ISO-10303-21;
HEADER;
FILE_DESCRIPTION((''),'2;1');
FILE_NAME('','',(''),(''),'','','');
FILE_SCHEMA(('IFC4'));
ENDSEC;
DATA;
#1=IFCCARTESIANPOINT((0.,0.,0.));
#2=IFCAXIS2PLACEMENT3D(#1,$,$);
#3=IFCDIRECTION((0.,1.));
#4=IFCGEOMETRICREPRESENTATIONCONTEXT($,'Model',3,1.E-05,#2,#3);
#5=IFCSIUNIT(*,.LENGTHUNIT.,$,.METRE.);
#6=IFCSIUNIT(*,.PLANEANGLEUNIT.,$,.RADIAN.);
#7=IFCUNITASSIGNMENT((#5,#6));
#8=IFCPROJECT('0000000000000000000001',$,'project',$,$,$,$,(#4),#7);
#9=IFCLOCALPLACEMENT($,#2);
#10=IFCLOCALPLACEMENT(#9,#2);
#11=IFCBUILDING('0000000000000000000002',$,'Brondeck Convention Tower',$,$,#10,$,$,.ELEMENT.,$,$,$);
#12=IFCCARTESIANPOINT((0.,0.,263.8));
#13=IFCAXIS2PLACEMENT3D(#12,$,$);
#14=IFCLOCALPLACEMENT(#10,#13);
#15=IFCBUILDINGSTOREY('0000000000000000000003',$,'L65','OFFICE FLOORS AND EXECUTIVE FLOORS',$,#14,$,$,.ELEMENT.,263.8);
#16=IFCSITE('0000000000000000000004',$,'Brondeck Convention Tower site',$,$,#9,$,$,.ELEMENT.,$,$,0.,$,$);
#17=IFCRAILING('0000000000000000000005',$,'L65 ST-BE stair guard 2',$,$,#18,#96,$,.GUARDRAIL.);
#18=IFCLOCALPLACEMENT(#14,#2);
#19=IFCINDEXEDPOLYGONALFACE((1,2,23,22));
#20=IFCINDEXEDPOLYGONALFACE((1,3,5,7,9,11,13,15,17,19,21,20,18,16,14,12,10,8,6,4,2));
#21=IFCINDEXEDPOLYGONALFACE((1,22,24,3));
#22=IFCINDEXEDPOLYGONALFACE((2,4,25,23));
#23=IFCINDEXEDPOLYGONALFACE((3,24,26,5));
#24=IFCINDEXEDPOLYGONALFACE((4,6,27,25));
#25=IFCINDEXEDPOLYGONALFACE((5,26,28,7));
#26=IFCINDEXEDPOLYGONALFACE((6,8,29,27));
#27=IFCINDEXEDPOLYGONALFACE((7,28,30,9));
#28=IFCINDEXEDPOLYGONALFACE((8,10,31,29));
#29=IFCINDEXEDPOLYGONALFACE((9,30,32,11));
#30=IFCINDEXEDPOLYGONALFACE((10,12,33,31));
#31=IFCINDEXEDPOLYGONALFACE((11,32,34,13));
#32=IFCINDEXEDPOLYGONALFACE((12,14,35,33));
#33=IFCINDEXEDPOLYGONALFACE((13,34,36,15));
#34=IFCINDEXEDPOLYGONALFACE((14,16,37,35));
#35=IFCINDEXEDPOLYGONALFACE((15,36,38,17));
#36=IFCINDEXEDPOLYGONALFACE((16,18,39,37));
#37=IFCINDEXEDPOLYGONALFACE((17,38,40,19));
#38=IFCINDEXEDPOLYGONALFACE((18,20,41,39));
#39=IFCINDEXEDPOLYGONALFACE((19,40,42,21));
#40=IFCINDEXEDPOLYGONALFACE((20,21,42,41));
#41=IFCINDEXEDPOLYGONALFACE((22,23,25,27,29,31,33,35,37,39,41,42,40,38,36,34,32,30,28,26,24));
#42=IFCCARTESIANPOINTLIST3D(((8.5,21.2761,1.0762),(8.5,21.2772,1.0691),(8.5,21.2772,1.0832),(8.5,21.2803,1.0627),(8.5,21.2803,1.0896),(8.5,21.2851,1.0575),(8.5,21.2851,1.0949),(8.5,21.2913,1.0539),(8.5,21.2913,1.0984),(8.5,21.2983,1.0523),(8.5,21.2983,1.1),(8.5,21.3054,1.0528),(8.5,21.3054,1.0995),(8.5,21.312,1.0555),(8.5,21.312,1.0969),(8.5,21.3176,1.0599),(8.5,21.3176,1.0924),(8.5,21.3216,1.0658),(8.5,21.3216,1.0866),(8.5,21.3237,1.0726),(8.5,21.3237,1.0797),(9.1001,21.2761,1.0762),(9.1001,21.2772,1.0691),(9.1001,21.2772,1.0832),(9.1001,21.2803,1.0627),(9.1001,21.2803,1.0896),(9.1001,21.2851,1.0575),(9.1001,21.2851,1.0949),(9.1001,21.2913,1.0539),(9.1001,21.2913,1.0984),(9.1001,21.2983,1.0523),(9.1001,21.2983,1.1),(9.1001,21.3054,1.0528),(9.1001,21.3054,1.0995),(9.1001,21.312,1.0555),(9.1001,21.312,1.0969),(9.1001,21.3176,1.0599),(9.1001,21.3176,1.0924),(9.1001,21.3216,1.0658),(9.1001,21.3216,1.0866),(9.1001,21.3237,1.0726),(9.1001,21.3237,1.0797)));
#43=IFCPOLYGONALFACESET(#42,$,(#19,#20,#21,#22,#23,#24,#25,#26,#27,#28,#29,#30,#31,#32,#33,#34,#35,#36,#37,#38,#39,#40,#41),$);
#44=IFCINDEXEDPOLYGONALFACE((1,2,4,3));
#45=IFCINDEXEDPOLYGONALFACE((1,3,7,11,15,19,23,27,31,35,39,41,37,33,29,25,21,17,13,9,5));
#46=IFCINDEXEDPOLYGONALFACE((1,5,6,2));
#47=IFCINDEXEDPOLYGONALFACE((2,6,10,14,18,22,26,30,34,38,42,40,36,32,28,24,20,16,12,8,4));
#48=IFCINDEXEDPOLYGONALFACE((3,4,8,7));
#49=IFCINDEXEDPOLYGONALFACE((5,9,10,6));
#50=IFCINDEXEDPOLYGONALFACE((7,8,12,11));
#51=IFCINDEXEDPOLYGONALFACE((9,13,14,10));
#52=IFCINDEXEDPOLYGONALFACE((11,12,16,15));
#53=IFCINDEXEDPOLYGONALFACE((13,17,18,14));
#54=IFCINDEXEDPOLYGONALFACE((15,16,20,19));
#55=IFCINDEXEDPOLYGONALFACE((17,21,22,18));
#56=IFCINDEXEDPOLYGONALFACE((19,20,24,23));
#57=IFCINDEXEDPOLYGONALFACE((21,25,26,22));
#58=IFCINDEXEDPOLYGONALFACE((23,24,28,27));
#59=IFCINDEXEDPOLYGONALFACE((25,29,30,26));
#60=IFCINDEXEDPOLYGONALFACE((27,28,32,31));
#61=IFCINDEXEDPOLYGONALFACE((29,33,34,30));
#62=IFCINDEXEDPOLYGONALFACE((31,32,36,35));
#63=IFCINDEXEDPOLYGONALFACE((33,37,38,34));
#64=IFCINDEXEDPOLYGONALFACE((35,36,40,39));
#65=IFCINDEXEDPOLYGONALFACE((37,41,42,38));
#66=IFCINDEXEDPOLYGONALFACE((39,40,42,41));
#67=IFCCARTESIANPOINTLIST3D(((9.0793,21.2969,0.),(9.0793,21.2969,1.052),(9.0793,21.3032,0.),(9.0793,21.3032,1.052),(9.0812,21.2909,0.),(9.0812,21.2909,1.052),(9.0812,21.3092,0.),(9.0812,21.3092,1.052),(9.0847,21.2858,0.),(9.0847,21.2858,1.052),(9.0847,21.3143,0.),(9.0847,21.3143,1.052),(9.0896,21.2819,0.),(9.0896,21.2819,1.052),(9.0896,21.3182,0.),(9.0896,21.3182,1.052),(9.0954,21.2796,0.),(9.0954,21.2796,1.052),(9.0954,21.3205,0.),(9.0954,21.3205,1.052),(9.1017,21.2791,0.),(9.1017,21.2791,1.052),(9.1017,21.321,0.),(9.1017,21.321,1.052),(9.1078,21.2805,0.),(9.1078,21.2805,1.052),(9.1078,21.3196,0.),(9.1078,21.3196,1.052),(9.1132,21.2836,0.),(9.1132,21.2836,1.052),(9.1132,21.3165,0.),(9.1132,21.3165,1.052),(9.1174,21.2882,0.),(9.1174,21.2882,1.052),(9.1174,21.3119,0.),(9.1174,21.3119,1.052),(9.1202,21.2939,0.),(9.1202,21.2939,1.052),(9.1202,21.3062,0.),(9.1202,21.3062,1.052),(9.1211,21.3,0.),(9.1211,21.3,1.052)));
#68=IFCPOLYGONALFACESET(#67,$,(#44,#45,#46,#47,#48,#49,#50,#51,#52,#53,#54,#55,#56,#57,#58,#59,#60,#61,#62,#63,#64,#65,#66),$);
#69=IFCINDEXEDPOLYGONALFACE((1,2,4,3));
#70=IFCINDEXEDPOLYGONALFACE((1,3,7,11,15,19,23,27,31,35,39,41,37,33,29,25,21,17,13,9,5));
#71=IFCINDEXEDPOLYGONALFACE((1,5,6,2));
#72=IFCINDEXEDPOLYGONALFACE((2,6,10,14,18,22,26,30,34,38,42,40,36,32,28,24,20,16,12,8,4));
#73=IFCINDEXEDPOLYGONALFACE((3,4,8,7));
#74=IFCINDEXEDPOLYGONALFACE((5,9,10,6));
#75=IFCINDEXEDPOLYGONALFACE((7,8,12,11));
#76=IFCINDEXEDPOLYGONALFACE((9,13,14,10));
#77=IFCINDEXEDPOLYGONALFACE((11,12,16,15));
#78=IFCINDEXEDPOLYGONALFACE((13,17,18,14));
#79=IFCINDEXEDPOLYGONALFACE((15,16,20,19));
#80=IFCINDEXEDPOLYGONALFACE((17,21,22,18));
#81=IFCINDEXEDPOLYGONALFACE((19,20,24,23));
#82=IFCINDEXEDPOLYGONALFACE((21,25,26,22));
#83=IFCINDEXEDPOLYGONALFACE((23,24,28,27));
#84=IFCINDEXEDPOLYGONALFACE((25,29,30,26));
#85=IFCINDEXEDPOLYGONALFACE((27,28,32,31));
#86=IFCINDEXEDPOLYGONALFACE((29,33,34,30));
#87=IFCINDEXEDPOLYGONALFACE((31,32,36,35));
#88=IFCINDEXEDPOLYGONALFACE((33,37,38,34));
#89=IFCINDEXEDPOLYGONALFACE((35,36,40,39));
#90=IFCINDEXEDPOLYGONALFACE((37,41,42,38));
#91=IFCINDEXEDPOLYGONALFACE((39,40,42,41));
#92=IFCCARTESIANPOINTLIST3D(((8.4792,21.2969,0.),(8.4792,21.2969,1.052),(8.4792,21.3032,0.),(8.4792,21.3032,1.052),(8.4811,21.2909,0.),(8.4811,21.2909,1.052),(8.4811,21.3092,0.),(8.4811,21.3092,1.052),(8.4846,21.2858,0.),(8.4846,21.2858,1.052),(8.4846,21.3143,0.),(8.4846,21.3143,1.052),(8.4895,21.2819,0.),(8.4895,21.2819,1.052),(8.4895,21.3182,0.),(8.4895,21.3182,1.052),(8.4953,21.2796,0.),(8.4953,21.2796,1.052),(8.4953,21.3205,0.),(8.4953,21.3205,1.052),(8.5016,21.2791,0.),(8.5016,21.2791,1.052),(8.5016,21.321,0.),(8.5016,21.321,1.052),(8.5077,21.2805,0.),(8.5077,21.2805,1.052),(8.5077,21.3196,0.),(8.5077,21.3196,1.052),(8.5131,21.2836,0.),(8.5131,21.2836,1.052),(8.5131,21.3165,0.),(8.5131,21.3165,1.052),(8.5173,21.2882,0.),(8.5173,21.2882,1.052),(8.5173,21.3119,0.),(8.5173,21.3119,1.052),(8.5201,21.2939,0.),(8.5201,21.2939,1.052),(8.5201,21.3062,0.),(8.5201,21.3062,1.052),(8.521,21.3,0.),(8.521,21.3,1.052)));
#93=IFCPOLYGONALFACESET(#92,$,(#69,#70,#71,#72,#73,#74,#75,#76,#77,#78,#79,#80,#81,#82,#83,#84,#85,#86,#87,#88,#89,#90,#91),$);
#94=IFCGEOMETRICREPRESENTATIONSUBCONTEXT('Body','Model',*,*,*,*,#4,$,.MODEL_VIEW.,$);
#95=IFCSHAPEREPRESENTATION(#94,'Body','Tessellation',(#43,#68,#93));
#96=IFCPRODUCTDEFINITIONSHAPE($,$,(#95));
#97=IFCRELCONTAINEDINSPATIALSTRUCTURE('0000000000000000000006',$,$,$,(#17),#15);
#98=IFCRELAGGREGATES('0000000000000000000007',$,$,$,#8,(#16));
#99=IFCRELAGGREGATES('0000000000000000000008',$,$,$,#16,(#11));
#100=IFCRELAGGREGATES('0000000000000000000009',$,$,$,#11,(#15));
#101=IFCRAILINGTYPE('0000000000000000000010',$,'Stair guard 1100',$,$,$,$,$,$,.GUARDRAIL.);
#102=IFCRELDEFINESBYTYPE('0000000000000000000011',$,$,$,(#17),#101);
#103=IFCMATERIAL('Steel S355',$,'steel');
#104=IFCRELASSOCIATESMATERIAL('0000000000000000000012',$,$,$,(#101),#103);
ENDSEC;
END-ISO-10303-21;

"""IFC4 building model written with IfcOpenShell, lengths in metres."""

from ifc_helpers import new_model, si_unit, direction, frame, origin, origin_2d, place, context, subcontext, project, spatial, circle, extrude, material, type_object, element, save


model = new_model("IFC4")

# Units and contexts
model_context = context("Model", 3, precision=1e-05, world=origin(), true_north=direction((0.0, 1.0)))
body_context = subcontext(model_context, "Body", "Model", "MODEL_VIEW")
ifc_project = project(units=[si_unit("LENGTHUNIT", "METRE"), si_unit("PLANEANGLEUNIT", "RADIAN")], contexts=[model_context])

# Site, building, storey
site_placement = place(None, origin())
site = spatial("IfcSite", under=ifc_project, at=site_placement, Name="Brondeck Convention Tower site", CompositionType="ELEMENT", RefElevation=0.0)
building_placement = place(site_placement, origin())
building = spatial("IfcBuilding", under=site, at=building_placement, Name="Brondeck Convention Tower", CompositionType="ELEMENT")
storey_placement = place(building_placement, frame((0.0, 0.0, 263.8)))
storey = spatial("IfcBuildingStorey", under=building, at=storey_placement, Name="L65", Description="OFFICE FLOORS AND EXECUTIVE FLOORS", CompositionType="ELEMENT", Elevation=263.8)

# Railing
ifc_material_1 = material(Name="Steel S355", Category="steel")
railing_type = type_object("IfcRailingType", Name="Stair guard 1100", PredefinedType="GUARDRAIL", material=ifc_material_1)
railing_1_placement = place(storey_placement, frame((9.1001, 21.3, 0.0)))
element("IfcRailing", 1, at=railing_1_placement, inside=storey, type_object=railing_type, Name="L65 ST-BE stair guard 2", PredefinedType="GUARDRAIL", context=body_context, shape_type="SweptSolid", body=[
    extrude(circle(Radius=0.0239, at=origin_2d()), frame((0.0, 0.0, 1.0762), z_axis=(-1.0, 0.0, 0.0), x_axis=(0.0, -1.0, 0.0)), (0.0, 0.0, 1.0), 0.6001),
    extrude(circle(Radius=0.021, at=origin_2d()), origin(), (0.0, 0.0, 1.0), 1.052),
    extrude(circle(Radius=0.021, at=origin_2d()), frame((-0.6001, 0.0, 0.0)), (0.0, 0.0, 1.0), 1.052),
])

save(model, "model.ifc")
